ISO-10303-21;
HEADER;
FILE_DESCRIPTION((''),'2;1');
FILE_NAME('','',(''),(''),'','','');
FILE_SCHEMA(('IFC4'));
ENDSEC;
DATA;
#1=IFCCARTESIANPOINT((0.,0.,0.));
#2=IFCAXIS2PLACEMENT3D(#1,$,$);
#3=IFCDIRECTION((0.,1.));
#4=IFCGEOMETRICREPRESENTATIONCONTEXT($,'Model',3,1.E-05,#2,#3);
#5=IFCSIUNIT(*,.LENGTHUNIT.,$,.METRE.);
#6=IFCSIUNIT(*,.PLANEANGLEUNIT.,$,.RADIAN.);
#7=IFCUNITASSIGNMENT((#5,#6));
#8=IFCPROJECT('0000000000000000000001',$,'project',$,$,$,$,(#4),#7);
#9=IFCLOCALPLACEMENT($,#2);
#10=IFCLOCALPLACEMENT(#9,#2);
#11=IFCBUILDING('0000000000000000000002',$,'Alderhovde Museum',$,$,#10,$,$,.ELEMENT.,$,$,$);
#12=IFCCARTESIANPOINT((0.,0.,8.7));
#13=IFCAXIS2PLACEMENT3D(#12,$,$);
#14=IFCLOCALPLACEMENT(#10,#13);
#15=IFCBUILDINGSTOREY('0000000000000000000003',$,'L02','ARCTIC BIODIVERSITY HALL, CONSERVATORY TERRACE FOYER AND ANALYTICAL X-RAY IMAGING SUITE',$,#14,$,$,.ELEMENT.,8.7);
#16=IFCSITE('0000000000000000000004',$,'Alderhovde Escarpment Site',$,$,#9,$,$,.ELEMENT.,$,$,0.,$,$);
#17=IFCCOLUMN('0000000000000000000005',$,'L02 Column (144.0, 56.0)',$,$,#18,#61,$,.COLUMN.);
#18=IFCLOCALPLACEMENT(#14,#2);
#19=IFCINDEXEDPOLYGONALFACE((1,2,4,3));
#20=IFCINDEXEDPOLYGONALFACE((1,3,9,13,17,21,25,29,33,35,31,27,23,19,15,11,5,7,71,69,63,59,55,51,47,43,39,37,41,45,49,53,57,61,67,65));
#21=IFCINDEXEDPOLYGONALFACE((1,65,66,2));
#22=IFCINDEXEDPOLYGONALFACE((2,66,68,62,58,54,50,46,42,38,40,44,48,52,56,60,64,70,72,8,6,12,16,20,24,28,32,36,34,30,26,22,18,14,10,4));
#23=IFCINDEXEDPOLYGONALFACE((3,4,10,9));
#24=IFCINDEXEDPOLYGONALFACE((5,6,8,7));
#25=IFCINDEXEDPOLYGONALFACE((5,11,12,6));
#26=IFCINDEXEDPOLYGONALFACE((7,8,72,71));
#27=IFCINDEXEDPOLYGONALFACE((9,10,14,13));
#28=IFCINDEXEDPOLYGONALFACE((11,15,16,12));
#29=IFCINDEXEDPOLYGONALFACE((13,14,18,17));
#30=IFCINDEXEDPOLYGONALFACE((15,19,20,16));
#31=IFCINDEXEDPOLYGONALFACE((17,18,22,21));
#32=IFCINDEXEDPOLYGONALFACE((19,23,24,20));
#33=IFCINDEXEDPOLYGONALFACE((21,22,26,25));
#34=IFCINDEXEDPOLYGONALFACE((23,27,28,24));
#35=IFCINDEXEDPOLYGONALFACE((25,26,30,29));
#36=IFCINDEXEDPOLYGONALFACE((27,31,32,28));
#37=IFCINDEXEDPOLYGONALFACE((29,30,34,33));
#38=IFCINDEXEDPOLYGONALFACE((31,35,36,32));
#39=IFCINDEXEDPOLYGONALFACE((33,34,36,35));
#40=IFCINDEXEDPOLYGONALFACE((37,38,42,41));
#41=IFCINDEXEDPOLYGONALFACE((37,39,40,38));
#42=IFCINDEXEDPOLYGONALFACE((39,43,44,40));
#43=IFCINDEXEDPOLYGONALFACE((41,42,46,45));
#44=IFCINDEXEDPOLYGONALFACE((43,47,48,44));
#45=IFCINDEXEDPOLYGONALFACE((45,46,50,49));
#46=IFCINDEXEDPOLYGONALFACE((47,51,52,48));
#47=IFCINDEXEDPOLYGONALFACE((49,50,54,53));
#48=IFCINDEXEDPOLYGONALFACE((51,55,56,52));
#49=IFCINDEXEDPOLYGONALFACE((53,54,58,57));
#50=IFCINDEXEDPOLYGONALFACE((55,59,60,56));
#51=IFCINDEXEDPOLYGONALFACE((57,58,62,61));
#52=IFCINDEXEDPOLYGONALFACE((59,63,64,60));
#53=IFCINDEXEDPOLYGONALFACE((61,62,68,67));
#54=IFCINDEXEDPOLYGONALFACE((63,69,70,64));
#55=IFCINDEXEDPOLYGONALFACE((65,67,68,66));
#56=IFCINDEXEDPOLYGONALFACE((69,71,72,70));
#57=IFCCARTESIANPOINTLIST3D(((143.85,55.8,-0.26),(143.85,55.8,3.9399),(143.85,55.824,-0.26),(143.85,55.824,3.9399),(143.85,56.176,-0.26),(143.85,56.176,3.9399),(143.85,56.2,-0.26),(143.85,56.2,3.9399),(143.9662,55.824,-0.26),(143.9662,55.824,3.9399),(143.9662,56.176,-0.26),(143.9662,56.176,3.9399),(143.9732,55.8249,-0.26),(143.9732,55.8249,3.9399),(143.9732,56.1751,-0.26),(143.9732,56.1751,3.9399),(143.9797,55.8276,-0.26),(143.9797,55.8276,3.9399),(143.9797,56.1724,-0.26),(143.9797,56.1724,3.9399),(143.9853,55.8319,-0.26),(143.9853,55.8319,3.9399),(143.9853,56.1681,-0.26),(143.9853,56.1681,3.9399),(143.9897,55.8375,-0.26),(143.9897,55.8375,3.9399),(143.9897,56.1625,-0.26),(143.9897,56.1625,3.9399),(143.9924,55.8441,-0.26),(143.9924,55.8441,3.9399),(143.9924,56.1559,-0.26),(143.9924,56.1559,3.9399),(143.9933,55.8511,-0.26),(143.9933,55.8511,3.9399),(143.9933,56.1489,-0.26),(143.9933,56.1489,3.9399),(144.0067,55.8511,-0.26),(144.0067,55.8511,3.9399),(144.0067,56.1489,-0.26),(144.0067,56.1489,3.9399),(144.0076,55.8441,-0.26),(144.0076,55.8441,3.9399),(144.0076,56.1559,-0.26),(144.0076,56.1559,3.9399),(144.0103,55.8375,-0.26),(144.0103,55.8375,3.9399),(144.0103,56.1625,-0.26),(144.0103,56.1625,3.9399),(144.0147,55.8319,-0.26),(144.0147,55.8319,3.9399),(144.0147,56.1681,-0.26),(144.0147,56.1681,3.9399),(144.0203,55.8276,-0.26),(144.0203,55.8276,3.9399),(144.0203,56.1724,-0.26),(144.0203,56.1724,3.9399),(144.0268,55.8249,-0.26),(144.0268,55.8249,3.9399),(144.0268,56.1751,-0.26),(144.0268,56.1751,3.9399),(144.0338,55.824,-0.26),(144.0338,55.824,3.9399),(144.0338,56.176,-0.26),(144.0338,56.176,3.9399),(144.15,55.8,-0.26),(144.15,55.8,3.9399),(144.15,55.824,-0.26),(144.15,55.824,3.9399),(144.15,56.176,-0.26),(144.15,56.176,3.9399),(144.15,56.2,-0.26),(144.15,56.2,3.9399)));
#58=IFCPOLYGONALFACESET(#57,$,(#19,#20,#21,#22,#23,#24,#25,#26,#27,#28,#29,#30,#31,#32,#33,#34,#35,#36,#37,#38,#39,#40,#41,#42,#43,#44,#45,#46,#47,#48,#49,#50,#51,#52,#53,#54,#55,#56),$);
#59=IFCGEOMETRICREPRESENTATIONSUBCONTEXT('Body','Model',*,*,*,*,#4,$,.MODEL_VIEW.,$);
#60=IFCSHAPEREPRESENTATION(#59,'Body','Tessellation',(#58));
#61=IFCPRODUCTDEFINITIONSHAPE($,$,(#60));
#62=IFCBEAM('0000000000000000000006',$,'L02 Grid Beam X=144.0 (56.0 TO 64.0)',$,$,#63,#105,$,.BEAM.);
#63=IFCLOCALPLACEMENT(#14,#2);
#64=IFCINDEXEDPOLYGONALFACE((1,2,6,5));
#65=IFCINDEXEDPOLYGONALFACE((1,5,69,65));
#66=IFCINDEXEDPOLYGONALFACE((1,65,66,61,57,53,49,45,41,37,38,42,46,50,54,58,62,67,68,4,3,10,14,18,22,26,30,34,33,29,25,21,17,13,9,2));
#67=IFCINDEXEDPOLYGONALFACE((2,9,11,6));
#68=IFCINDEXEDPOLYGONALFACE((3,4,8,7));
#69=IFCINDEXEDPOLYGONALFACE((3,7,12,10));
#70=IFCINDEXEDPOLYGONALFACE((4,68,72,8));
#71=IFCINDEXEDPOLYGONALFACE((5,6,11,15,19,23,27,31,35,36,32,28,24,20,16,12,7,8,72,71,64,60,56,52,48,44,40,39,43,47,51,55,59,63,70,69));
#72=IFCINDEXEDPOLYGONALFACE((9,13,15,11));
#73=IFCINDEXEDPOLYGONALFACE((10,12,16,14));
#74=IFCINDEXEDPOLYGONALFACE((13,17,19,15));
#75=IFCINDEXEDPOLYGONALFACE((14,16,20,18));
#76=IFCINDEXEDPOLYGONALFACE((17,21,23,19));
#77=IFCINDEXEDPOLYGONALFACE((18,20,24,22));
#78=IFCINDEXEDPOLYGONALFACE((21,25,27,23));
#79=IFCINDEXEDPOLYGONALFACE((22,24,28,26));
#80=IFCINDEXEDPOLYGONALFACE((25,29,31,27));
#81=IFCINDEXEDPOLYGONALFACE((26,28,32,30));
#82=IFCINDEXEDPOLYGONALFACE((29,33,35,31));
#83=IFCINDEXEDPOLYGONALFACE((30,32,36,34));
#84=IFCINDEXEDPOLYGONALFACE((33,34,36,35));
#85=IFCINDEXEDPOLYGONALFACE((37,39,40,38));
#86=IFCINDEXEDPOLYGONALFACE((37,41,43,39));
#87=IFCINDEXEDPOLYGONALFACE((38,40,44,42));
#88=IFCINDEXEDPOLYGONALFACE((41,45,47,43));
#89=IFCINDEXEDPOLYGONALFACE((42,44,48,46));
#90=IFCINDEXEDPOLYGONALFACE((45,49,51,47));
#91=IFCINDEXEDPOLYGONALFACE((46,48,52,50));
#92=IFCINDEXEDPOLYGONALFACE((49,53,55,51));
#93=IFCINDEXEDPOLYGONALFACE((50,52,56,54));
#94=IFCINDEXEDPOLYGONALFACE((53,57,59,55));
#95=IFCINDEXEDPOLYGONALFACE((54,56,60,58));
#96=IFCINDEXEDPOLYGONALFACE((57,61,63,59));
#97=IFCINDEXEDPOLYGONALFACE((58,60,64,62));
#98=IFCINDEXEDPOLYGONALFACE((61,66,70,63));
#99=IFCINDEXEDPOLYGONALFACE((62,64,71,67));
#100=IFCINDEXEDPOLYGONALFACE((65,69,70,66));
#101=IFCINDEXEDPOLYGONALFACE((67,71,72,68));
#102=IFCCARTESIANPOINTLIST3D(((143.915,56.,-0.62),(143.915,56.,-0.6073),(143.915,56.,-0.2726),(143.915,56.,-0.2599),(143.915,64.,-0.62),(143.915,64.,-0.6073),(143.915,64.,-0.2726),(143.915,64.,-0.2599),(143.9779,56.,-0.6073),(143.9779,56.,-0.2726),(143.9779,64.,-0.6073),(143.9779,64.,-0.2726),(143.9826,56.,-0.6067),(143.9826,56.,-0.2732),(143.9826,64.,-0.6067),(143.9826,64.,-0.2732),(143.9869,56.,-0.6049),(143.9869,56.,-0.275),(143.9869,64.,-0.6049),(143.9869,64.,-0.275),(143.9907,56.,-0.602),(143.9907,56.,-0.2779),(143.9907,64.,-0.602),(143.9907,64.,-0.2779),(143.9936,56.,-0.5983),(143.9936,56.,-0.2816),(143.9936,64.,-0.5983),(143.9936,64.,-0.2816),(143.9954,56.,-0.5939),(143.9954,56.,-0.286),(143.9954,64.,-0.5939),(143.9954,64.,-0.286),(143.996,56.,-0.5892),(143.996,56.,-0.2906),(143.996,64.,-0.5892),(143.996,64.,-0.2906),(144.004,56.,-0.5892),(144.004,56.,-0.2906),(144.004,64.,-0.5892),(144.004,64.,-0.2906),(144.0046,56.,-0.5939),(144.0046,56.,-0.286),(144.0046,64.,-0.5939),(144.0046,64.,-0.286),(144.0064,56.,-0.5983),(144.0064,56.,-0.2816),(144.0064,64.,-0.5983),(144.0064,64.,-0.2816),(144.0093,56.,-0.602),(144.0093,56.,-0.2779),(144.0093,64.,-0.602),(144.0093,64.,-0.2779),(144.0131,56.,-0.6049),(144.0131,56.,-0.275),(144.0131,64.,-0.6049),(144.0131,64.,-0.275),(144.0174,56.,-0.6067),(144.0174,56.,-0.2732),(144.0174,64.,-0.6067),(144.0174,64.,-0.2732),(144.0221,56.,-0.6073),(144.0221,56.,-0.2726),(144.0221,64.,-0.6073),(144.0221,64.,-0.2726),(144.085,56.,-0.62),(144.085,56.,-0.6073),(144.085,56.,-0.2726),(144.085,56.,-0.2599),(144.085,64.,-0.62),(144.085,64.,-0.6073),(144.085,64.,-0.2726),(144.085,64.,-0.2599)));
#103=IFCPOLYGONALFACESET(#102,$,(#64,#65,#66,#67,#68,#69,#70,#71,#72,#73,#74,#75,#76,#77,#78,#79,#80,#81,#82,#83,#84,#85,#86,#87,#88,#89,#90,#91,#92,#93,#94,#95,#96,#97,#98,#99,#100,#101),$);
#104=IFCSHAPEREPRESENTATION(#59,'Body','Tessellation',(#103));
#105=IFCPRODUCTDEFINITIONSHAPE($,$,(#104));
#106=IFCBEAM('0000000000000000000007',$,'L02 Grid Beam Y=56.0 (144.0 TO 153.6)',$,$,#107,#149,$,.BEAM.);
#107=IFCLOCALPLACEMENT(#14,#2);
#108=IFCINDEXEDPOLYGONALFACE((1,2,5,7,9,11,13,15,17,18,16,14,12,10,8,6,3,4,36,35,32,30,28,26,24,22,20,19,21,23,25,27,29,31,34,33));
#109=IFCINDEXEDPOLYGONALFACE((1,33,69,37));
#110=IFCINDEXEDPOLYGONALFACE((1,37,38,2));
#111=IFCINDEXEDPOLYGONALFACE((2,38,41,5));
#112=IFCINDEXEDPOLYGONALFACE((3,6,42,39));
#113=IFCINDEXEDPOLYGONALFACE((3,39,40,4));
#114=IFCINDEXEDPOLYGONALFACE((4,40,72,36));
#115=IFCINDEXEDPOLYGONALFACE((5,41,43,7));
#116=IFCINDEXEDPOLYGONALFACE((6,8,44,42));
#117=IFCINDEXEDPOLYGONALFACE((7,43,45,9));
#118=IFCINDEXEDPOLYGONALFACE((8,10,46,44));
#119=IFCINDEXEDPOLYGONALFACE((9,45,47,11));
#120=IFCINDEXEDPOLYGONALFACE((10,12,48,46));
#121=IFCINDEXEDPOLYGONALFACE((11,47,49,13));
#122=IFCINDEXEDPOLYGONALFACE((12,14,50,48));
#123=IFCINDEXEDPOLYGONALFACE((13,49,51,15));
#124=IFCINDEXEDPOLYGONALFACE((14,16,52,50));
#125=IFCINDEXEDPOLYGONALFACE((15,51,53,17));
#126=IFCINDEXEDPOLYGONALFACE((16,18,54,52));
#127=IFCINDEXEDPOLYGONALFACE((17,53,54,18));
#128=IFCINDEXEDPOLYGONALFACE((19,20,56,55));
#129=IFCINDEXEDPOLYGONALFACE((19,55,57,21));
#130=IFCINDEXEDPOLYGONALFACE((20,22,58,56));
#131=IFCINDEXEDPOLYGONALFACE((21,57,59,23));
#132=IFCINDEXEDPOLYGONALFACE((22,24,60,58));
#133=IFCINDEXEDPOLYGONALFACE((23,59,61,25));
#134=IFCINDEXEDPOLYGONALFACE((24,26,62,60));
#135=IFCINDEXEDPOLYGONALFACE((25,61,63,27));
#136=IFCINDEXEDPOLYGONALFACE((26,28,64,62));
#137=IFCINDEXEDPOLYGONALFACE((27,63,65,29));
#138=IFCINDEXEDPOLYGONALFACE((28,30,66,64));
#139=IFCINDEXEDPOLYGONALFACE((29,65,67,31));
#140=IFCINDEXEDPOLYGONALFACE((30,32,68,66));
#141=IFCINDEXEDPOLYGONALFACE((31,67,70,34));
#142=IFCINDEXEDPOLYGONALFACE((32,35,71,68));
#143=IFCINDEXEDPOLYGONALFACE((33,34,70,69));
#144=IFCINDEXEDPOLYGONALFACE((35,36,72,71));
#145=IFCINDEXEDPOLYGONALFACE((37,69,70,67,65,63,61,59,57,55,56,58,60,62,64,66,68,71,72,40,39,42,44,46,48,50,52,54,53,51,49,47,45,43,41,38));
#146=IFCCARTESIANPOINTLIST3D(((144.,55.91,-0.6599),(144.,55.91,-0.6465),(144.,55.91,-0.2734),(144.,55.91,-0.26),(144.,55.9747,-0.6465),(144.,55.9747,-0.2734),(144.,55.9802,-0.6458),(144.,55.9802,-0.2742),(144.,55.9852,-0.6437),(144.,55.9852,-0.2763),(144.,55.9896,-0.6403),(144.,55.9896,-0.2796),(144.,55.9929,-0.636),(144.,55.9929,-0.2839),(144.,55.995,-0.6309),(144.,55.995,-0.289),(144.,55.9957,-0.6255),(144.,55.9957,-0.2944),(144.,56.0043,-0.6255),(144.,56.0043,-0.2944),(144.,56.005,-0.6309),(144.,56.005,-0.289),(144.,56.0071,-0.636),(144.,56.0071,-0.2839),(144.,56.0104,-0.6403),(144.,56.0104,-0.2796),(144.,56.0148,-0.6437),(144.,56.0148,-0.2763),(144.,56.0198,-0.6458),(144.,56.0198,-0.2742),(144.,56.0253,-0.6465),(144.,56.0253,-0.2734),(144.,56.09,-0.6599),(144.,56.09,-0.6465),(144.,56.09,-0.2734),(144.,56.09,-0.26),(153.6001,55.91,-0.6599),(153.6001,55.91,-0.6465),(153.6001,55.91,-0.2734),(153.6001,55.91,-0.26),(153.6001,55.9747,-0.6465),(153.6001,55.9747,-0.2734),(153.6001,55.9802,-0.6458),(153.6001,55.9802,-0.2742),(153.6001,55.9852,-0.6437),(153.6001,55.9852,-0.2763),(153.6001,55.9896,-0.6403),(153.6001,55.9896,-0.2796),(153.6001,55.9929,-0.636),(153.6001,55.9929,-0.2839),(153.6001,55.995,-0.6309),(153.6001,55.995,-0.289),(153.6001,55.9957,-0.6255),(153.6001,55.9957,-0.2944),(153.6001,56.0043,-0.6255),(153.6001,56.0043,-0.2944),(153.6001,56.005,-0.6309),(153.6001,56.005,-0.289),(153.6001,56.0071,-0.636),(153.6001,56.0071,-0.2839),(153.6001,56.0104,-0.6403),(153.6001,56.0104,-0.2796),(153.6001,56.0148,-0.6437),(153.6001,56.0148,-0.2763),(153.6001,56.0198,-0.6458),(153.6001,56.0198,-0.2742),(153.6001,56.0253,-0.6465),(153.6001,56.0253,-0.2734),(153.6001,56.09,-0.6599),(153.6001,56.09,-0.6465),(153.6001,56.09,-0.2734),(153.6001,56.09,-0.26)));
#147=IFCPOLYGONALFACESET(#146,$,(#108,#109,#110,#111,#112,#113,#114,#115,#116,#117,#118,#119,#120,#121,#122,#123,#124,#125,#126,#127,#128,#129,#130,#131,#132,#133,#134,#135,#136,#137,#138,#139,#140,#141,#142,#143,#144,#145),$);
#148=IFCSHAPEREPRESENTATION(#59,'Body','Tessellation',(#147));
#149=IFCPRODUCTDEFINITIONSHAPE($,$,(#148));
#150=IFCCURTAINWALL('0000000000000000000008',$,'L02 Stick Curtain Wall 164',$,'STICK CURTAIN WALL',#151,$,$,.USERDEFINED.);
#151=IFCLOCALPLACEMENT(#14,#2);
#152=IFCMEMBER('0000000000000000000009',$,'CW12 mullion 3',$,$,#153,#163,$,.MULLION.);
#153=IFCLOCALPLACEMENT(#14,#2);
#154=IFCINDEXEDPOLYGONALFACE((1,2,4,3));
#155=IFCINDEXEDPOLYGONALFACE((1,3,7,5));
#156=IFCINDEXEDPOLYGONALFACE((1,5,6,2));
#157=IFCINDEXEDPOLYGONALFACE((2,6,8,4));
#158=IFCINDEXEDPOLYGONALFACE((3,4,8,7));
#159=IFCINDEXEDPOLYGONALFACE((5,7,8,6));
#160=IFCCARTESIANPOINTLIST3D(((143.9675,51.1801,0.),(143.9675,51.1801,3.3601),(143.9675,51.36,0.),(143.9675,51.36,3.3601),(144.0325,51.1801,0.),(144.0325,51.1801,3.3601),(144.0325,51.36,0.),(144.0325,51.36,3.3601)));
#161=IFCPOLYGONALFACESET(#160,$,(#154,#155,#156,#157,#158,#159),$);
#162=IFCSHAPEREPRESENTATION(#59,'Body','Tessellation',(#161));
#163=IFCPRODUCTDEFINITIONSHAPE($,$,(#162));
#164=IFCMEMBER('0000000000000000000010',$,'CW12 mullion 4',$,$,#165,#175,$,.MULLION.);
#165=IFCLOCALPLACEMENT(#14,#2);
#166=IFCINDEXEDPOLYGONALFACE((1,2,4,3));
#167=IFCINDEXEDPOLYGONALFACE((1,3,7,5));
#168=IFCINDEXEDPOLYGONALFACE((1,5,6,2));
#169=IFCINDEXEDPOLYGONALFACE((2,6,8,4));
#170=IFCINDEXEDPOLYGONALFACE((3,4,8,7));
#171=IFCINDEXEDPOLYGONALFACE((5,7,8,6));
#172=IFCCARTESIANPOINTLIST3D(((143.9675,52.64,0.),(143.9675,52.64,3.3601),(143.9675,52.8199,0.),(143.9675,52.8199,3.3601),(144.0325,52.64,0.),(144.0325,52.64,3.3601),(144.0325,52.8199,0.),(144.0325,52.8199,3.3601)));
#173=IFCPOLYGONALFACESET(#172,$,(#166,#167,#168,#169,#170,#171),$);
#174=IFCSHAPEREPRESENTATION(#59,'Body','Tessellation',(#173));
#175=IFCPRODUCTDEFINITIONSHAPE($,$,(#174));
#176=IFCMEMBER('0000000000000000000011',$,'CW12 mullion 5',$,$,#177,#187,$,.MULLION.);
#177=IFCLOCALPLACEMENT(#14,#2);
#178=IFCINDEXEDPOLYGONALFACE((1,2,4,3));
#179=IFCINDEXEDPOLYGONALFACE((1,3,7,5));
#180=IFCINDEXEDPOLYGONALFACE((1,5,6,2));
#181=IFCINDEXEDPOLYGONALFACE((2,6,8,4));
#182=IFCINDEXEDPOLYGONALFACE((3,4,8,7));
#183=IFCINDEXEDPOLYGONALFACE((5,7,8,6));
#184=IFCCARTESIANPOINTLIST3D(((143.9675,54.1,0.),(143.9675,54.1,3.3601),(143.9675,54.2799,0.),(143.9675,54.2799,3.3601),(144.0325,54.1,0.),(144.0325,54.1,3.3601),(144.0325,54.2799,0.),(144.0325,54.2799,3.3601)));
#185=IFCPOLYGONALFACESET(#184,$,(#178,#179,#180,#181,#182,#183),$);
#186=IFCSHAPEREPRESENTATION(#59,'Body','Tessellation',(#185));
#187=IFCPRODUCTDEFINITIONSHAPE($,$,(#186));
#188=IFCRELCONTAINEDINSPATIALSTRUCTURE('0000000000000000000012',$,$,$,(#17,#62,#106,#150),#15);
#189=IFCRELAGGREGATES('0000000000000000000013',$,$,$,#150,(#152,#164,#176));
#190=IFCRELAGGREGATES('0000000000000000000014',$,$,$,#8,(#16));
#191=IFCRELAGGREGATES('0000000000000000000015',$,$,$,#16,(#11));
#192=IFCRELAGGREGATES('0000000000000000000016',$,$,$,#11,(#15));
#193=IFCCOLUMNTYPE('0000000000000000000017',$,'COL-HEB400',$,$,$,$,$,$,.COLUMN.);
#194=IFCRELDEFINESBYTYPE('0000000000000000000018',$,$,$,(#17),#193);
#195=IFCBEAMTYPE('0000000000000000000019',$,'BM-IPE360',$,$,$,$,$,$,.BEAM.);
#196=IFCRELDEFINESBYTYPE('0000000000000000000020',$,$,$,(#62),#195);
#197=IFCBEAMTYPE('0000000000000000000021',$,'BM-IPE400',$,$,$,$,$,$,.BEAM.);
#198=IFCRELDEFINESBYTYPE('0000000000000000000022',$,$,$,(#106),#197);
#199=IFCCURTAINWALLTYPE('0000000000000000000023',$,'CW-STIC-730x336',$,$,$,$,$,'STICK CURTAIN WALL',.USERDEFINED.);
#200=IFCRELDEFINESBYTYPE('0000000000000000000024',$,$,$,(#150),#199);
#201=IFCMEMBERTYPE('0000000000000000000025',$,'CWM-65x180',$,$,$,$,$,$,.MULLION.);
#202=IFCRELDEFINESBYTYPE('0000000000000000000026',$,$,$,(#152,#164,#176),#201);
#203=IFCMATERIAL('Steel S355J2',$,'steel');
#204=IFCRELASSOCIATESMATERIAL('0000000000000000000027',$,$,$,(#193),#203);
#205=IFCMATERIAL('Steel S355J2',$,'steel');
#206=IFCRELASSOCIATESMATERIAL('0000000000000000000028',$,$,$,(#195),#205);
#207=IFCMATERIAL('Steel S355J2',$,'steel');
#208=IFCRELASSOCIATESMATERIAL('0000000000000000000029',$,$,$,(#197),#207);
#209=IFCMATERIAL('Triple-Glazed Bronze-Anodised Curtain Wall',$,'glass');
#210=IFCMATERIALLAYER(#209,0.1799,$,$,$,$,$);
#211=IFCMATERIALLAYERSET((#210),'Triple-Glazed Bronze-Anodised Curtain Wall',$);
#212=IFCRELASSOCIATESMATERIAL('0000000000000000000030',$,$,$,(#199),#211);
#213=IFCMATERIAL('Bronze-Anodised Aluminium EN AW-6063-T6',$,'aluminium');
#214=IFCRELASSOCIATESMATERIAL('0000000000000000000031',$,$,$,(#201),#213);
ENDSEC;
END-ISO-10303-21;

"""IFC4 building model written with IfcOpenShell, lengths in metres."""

from ifc_helpers import new_model, si_unit, direction, frame, origin, origin_2d, place, context, subcontext, project, spatial, rectangle, i_section, extrude, material, layer, layer_set, material_profile, profile_set, type_object, element, aggregate, save


model = new_model("IFC4")

# Units and contexts
model_context = context("Model", 3, precision=1e-05, world=origin(), true_north=direction((0.0, 1.0)))
body_context = subcontext(model_context, "Body", "Model", "MODEL_VIEW")
ifc_project = project(units=[si_unit("LENGTHUNIT", "METRE"), si_unit("PLANEANGLEUNIT", "RADIAN")], contexts=[model_context])

# Site, building, storey
site_placement = place(None, origin())
site = spatial("IfcSite", under=ifc_project, at=site_placement, Name="Alderhovde Escarpment Site", CompositionType="ELEMENT", RefElevation=0.0)
building_placement = place(site_placement, origin())
building = spatial("IfcBuilding", under=site, at=building_placement, Name="Alderhovde Museum", CompositionType="ELEMENT")
storey_placement = place(building_placement, frame((0.0, 0.0, 8.7)))
storey = spatial("IfcBuildingStorey", under=building, at=storey_placement, Name="L02", Description="ARCTIC BIODIVERSITY HALL, CONSERVATORY TERRACE FOYER AND ANALYTICAL X-RAY IMAGING SUITE", CompositionType="ELEMENT", Elevation=8.7)

# Column
ifc_material_1 = material(Name="Steel S355J2", Category="steel")
ifc_material_profile_1 = material_profile(ifc_material_1, i_section(OverallWidth=0.3, OverallDepth=0.3999, WebThickness=0.0134, FlangeThickness=0.0239, FilletRadius=0.0271, at=origin_2d()), Name="HEB 400")
ifc_profile_set_1 = profile_set([ifc_material_profile_1], Name="Steel S355J2")
column_type = type_object("IfcColumnType", Name="COL-HEB400", PredefinedType="COLUMN", material=ifc_profile_set_1)
column_placement = place(storey_placement, frame((144.0, 56.0, -0.26), z_axis=(0.0, 0.0, 1.0), x_axis=(1.0, 0.0, 0.0)))
element("IfcColumn", 1, at=column_placement, inside=storey, type_object=column_type, Name="L02 Column (144.0, 56.0)", PredefinedType="COLUMN", context=body_context, shape_type="SweptSolid", body=[
    extrude(i_section(OverallWidth=0.3, OverallDepth=0.3999, WebThickness=0.0134, FlangeThickness=0.0239, FilletRadius=0.0271, at=origin_2d()), origin(), (0.0, 0.0, 1.0), 4.2),
])

# Beams
ifc_material_2 = material(Name="Steel S355J2", Category="steel")
ifc_material_profile_2 = material_profile(ifc_material_2, i_section(OverallWidth=0.1699, OverallDepth=0.3601, WebThickness=0.0081, FlangeThickness=0.0127, FilletRadius=0.0181, at=origin_2d()), Name="IPE 360")
ifc_profile_set_2 = profile_set([ifc_material_profile_2], Name="Steel S355J2")
beam_type_1 = type_object("IfcBeamType", Name="BM-IPE360", PredefinedType="BEAM", material=ifc_profile_set_2)
beam_1_placement = place(storey_placement, frame((144.0, 56.0, -0.4399), z_axis=(0.0, 1.0, 0.0), x_axis=(-1.0, 0.0, 0.0)))
element("IfcBeam", 2, at=beam_1_placement, inside=storey, type_object=beam_type_1, Name="L02 Grid Beam X=144.0 (56.0 TO 64.0)", PredefinedType="BEAM", context=body_context, shape_type="SweptSolid", body=[
    extrude(i_section(OverallWidth=0.1699, OverallDepth=0.3601, WebThickness=0.0081, FlangeThickness=0.0127, FilletRadius=0.0181, at=origin_2d()), origin(), (0.0, 0.0, 1.0), 8.0),
])
ifc_material_3 = material(Name="Steel S355J2", Category="steel")
ifc_material_profile_3 = material_profile(ifc_material_3, i_section(OverallWidth=0.1799, OverallDepth=0.3999, WebThickness=0.0085, FlangeThickness=0.0134, FilletRadius=0.021, at=origin_2d()), Name="IPE 400")
ifc_profile_set_3 = profile_set([ifc_material_profile_3], Name="Steel S355J2")
beam_type_2 = type_object("IfcBeamType", Name="BM-IPE400", PredefinedType="BEAM", material=ifc_profile_set_3)
beam_2_placement = place(storey_placement, frame((144.0, 56.0, -0.46), z_axis=(1.0, 0.0, 0.0), x_axis=(0.0, 1.0, 0.0)))
element("IfcBeam", 3, at=beam_2_placement, inside=storey, type_object=beam_type_2, Name="L02 Grid Beam Y=56.0 (144.0 TO 153.6)", PredefinedType="BEAM", context=body_context, shape_type="SweptSolid", body=[
    extrude(i_section(OverallWidth=0.1799, OverallDepth=0.3999, WebThickness=0.0085, FlangeThickness=0.0134, FilletRadius=0.021, at=origin_2d()), origin(), (0.0, 0.0, 1.0), 9.6001),
])

# Curtain wall, members
ifc_material_4 = material(Name="Triple-Glazed Bronze-Anodised Curtain Wall", Category="glass")
ifc_layer_1 = layer(ifc_material_4, 0.1799)
ifc_layer_set_1 = layer_set([ifc_layer_1], Name="Triple-Glazed Bronze-Anodised Curtain Wall")
curtain_wall_type = type_object("IfcCurtainWallType", Name="CW-STIC-730x336", ElementType="STICK CURTAIN WALL", PredefinedType="USERDEFINED", material=ifc_layer_set_1)
curtain_wall_1_placement = place(storey_placement, origin())
curtain_wall_1 = element("IfcCurtainWall", 4, at=curtain_wall_1_placement, inside=storey, type_object=curtain_wall_type, Name="L02 Stick Curtain Wall 164", ObjectType="STICK CURTAIN WALL", PredefinedType="USERDEFINED")
ifc_material_5 = material(Name="Bronze-Anodised Aluminium EN AW-6063-T6", Category="aluminium")
ifc_material_profile_4 = material_profile(ifc_material_5, rectangle(XDim=0.0649, YDim=0.1799, at=origin_2d()), Name="MULLION 65x180")
ifc_profile_set_4 = profile_set([ifc_material_profile_4], Name="Bronze-Anodised Aluminium EN AW-6063-T6")
member_type_1 = type_object("IfcMemberType", Name="CWM-65x180", PredefinedType="MULLION", material=ifc_profile_set_4)
member_1_placement = place(storey_placement, frame((144.0, 51.27, 0.0), z_axis=(0.0, 0.0, 1.0), x_axis=(-1.0, 0.0, 0.0)))
member_1 = element("IfcMember", 5, at=member_1_placement, type_object=member_type_1, Name="CW12 mullion 3", PredefinedType="MULLION", context=body_context, shape_type="SweptSolid", body=[
    extrude(rectangle(XDim=0.0649, YDim=0.1799, at=origin_2d()), origin(), (0.0, 0.0, 1.0), 3.3601),
])
member_2_placement = place(storey_placement, frame((144.0, 52.73, 0.0), z_axis=(0.0, 0.0, 1.0), x_axis=(-1.0, 0.0, 0.0)))
member_2 = element("IfcMember", 6, at=member_2_placement, type_object=member_type_1, Name="CW12 mullion 4", PredefinedType="MULLION", context=body_context, shape_type="SweptSolid", body=[
    extrude(rectangle(XDim=0.0649, YDim=0.1799, at=origin_2d()), origin(), (0.0, 0.0, 1.0), 3.3601),
])
member_3_placement = place(storey_placement, frame((144.0, 54.1899, 0.0), z_axis=(0.0, 0.0, 1.0), x_axis=(-1.0, 0.0, 0.0)))
member_3 = element("IfcMember", 7, at=member_3_placement, type_object=member_type_1, Name="CW12 mullion 5", PredefinedType="MULLION", context=body_context, shape_type="SweptSolid", body=[
    extrude(rectangle(XDim=0.0649, YDim=0.1799, at=origin_2d()), origin(), (0.0, 0.0, 1.0), 3.3601),
])

aggregate(curtain_wall_1, [member_1, member_2, member_3])

save(model, "model.ifc")
